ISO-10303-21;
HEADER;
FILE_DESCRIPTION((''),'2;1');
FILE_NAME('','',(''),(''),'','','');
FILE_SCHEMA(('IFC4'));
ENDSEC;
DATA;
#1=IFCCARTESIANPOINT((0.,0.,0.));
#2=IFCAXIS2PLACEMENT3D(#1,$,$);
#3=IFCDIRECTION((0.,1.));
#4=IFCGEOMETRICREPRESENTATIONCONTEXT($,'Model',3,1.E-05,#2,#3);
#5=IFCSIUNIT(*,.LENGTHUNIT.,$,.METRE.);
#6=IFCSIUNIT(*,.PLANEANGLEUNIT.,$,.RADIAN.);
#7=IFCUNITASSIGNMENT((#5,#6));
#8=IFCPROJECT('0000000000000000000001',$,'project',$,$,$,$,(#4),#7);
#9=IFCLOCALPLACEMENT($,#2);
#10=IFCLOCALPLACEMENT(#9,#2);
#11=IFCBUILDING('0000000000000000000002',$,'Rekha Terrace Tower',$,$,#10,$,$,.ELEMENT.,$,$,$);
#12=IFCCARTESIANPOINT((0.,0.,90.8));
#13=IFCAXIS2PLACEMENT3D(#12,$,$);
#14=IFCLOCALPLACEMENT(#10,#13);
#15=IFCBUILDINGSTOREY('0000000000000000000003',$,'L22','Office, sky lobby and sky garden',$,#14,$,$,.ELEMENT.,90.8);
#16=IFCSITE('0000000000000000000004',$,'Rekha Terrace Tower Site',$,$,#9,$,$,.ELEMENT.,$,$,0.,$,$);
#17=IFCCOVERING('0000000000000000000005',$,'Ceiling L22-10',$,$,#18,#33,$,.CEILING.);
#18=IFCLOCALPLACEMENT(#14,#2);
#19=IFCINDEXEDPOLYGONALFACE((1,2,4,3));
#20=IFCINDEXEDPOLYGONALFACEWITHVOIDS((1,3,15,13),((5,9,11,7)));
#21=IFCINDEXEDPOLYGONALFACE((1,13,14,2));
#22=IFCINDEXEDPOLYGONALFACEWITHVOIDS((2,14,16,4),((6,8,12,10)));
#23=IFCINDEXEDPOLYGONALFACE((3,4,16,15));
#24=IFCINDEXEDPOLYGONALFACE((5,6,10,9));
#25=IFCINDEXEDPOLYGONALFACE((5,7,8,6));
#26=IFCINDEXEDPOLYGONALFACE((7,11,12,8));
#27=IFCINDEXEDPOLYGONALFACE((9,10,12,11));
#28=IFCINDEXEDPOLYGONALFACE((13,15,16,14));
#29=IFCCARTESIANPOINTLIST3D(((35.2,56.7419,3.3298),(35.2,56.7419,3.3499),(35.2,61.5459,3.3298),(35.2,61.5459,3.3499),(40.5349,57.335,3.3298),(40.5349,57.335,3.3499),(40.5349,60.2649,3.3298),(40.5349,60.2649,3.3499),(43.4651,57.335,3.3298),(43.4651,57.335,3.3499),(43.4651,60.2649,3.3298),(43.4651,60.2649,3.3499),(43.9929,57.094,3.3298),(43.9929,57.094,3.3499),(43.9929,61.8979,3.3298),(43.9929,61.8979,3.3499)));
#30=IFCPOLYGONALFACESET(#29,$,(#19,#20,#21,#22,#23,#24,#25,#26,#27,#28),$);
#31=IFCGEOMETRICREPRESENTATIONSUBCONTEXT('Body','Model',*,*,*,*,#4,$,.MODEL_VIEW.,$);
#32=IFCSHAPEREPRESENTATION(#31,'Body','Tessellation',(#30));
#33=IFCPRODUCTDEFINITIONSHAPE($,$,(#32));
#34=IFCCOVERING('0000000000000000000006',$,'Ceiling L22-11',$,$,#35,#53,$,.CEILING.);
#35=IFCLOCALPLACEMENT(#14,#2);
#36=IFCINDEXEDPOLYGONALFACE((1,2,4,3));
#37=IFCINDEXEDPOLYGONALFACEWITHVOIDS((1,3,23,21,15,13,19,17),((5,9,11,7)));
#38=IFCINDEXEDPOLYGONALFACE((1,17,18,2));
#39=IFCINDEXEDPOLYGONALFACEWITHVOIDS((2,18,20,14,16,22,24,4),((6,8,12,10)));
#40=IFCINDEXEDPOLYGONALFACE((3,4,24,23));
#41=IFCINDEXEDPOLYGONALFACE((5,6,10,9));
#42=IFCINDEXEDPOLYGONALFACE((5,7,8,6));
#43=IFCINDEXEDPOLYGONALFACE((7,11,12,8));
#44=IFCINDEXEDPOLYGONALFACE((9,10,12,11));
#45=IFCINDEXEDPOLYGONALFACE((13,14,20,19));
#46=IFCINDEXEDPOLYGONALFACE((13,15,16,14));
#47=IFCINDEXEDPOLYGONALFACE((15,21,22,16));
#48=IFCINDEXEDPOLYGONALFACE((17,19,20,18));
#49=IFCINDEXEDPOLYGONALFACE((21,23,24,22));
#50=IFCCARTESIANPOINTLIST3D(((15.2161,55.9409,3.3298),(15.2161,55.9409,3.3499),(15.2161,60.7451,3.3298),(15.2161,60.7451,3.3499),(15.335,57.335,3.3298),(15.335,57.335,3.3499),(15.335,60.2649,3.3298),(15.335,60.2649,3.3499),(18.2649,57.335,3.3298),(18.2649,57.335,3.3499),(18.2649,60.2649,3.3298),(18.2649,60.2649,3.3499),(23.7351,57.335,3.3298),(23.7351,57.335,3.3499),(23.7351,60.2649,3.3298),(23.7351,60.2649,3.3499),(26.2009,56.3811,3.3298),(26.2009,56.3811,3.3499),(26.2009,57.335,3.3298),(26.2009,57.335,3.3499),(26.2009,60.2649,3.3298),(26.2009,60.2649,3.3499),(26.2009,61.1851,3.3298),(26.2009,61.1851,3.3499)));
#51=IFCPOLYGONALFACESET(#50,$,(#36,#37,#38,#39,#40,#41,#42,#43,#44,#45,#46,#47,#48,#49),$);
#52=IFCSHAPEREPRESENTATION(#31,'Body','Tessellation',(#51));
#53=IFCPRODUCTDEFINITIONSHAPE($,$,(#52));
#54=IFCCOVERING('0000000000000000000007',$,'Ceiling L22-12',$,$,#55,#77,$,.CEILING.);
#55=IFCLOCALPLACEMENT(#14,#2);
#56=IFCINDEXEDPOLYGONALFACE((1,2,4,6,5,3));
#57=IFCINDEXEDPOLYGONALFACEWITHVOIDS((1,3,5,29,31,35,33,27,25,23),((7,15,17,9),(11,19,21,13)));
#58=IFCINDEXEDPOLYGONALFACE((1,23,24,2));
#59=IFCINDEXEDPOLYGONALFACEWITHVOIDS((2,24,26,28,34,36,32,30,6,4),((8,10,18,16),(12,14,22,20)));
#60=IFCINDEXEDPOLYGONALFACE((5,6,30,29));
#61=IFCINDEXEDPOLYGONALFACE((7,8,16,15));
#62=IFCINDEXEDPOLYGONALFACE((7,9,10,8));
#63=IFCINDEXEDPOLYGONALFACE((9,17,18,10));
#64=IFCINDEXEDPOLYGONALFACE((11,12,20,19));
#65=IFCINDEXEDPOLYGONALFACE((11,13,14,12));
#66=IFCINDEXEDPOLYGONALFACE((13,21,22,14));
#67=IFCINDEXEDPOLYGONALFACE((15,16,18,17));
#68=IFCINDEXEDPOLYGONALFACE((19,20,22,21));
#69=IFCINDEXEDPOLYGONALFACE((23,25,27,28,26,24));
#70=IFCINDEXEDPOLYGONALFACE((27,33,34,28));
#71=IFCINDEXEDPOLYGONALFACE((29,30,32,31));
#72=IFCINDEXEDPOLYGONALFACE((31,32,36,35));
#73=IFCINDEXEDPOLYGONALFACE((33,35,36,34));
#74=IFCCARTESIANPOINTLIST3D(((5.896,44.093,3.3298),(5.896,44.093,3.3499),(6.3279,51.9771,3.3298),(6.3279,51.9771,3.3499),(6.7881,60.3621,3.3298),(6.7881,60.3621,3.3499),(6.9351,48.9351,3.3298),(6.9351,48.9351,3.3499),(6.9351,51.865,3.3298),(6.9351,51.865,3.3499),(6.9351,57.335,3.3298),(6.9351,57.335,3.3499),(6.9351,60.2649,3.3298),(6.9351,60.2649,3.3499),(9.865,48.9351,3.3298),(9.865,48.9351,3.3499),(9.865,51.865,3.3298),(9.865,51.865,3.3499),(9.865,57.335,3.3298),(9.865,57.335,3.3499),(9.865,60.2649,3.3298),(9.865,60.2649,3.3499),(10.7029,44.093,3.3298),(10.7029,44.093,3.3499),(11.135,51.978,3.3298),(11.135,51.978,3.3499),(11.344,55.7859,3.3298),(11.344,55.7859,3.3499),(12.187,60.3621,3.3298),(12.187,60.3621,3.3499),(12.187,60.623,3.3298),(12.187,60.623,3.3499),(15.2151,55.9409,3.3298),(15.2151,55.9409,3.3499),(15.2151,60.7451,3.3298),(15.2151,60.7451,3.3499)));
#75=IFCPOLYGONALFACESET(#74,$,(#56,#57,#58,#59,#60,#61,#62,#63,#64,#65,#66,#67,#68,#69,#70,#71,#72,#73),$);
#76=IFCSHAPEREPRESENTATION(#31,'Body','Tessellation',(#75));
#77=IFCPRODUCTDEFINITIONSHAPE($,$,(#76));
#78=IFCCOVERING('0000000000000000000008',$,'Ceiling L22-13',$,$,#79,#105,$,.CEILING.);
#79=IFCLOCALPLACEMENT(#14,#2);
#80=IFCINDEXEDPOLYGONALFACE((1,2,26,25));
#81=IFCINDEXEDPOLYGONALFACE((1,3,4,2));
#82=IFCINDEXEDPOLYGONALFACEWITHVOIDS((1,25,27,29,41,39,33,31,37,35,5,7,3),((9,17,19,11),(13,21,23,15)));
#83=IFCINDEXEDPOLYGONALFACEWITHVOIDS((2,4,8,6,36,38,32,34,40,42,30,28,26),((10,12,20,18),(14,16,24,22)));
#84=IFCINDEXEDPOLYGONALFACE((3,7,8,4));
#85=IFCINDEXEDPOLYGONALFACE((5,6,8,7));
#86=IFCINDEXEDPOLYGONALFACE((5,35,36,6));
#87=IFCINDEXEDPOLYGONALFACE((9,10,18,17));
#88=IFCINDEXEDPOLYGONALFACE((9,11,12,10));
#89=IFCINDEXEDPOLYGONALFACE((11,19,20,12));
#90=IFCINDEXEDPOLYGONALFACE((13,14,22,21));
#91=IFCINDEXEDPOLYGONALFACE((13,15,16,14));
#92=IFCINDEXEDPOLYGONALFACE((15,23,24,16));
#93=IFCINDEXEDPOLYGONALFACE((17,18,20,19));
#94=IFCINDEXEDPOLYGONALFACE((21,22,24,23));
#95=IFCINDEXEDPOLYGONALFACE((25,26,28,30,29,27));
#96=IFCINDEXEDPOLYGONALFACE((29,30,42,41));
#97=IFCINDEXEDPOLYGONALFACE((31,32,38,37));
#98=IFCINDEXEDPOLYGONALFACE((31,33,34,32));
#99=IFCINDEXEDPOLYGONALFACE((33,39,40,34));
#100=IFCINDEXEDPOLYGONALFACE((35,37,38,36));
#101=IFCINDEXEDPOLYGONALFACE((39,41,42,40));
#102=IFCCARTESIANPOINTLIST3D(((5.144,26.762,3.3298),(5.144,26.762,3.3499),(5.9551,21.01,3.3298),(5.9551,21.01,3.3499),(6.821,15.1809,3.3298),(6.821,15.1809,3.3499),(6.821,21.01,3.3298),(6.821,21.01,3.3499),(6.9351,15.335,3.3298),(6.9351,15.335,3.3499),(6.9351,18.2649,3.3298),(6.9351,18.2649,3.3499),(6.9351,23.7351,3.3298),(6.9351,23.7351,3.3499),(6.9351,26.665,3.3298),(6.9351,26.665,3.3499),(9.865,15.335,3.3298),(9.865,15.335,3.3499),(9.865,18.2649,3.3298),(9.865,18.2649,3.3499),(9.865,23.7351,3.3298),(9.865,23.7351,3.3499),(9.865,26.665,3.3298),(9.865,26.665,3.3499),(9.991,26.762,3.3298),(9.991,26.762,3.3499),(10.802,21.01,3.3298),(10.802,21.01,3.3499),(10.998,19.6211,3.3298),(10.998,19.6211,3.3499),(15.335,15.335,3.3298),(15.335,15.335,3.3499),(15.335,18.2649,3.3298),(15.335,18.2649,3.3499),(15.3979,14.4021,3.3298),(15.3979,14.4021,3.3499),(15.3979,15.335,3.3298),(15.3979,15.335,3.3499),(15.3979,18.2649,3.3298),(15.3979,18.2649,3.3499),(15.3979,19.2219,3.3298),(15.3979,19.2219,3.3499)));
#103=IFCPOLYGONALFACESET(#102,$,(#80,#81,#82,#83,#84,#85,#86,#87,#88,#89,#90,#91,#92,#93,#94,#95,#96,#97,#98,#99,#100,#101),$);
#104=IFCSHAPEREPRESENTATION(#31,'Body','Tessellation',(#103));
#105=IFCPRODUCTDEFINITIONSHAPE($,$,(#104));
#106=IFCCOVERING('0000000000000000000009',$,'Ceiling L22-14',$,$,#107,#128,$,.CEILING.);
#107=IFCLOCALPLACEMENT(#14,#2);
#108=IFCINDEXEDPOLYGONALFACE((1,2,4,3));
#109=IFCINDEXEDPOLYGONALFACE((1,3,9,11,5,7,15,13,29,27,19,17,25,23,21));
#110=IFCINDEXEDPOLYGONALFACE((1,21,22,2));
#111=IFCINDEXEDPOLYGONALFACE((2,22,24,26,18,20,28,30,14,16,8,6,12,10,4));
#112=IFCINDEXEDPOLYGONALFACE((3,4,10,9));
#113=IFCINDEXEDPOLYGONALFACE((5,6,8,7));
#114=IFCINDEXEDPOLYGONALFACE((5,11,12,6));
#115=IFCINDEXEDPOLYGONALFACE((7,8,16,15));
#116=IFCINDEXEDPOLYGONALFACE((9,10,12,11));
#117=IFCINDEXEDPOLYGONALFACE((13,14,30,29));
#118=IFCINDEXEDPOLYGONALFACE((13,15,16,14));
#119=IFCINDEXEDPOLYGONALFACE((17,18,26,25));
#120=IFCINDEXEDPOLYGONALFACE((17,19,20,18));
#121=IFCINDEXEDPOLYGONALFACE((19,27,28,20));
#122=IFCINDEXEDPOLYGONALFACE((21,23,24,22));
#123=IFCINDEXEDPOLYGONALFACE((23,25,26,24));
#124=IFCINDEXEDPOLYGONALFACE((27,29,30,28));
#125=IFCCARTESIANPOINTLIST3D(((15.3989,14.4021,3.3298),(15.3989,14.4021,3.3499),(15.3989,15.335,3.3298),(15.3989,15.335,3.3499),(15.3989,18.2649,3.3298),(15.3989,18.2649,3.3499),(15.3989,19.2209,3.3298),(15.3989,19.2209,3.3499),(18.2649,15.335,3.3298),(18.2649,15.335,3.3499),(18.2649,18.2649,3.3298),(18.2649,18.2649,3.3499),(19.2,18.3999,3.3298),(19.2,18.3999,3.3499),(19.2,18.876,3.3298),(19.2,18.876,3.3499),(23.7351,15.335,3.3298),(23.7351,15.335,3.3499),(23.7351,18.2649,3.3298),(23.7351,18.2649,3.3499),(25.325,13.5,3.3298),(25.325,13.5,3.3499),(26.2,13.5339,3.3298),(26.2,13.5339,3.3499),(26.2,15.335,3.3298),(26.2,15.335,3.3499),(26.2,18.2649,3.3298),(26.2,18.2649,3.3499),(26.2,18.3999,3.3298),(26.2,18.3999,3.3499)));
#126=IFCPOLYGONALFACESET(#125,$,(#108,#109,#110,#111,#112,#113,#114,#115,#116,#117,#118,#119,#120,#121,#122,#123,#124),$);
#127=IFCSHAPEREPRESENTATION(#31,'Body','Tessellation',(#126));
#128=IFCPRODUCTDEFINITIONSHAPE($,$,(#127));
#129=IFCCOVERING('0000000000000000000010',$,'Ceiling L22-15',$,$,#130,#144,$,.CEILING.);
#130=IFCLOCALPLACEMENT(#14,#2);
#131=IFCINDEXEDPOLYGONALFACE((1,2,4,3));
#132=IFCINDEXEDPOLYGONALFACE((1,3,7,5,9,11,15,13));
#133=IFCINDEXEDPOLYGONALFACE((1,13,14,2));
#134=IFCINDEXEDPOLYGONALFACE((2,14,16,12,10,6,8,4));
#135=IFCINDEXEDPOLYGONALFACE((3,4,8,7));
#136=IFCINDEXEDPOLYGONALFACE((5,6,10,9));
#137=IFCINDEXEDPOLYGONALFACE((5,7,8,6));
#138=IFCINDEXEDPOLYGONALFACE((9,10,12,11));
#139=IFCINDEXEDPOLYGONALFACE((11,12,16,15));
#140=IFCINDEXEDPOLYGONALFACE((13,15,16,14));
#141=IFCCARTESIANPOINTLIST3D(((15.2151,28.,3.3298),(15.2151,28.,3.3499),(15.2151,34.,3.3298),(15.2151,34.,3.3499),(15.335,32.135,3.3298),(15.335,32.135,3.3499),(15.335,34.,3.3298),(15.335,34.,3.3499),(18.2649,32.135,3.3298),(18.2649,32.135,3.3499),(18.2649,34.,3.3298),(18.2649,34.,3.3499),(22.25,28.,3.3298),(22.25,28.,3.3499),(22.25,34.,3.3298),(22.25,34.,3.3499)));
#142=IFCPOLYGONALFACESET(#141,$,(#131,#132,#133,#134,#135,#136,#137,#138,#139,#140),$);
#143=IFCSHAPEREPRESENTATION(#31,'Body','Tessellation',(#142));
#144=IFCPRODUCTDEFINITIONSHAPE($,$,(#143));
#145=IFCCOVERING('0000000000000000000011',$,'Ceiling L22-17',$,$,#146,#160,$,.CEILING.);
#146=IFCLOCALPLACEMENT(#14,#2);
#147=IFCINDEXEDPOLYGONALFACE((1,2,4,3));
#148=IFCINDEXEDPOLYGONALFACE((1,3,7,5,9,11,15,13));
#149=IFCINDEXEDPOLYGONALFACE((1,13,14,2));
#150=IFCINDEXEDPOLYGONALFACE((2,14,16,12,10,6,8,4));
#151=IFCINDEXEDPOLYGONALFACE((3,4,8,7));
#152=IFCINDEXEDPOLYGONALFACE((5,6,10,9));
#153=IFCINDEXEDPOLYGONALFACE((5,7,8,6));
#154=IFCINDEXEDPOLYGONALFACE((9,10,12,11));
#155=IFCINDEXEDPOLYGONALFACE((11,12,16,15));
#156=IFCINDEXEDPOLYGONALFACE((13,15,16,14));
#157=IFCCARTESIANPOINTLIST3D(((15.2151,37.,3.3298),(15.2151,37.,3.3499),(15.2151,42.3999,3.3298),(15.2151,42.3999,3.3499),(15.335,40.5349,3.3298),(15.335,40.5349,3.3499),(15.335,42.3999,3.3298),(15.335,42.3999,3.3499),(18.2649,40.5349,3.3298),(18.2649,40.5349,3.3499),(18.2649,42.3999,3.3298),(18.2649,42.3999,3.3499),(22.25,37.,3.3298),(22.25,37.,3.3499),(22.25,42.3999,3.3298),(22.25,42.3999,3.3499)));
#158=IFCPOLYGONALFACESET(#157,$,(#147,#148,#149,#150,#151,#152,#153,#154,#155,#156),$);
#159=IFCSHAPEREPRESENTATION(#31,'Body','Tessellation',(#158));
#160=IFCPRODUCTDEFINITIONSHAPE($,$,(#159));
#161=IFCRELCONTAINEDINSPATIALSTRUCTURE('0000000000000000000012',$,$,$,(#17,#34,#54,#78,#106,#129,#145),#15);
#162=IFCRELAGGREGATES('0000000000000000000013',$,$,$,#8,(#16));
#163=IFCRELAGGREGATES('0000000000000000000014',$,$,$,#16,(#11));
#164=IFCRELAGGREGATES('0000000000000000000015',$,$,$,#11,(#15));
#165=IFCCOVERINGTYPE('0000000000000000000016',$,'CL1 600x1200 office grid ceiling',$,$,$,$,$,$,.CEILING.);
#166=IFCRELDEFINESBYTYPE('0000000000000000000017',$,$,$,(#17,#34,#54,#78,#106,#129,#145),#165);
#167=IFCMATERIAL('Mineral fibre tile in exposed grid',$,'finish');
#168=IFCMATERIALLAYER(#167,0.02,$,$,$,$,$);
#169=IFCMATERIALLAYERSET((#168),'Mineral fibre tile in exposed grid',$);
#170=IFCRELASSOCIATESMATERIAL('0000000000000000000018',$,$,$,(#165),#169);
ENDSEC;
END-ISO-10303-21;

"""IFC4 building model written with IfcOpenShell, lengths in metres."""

from ifc_helpers import new_model, si_unit, direction, frame, origin, place, context, subcontext, project, spatial, polyline, outline, extrude, material, layer, layer_set, type_object, element, save


model = new_model("IFC4")

# Units and contexts
model_context = context("Model", 3, precision=1e-05, world=origin(), true_north=direction((0.0, 1.0)))
body_context = subcontext(model_context, "Body", "Model", "MODEL_VIEW")
ifc_project = project(units=[si_unit("LENGTHUNIT", "METRE"), si_unit("PLANEANGLEUNIT", "RADIAN")], contexts=[model_context])

# Site, building, storey
site_placement = place(None, origin())
site = spatial("IfcSite", under=ifc_project, at=site_placement, Name="Rekha Terrace Tower Site", CompositionType="ELEMENT", RefElevation=0.0)
building_placement = place(site_placement, origin())
building = spatial("IfcBuilding", under=site, at=building_placement, Name="Rekha Terrace Tower", CompositionType="ELEMENT")
storey_placement = place(building_placement, frame((0.0, 0.0, 90.8)))
storey = spatial("IfcBuildingStorey", under=building, at=storey_placement, Name="L22", Description="Office, sky lobby and sky garden", CompositionType="ELEMENT", Elevation=90.8)

# Coverings
ifc_material_1 = material(Name="Mineral fibre tile in exposed grid", Category="finish")
ifc_layer_1 = layer(ifc_material_1, 0.02)
ifc_layer_set_1 = layer_set([ifc_layer_1], Name="Mineral fibre tile in exposed grid")
covering_type_1 = type_object("IfcCoveringType", Name="CL1 600x1200 office grid ceiling", PredefinedType="CEILING", material=ifc_layer_set_1)
covering_1_placement = place(storey_placement, frame((0.0, 0.0, 3.3298)))
element("IfcCovering", 1, at=covering_1_placement, inside=storey, type_object=covering_type_1, Name="Ceiling L22-10", PredefinedType="CEILING", context=body_context, shape_type="SweptSolid", body=[
    extrude(outline(polyline([(43.9929, 61.8979), (35.2, 61.5459), (35.2, 56.7419), (43.9929, 57.094), (43.9929, 61.8979)]), holes=[polyline([(43.4651, 57.335), (40.5349, 57.335), (40.5349, 60.2649), (43.4651, 60.2649), (43.4651, 57.335)])]), origin(), (0.0, 0.0, 1.0), 0.02),
])
covering_2_placement = place(storey_placement, frame((0.0, 0.0, 3.3298)))
element("IfcCovering", 2, at=covering_2_placement, inside=storey, type_object=covering_type_1, Name="Ceiling L22-11", PredefinedType="CEILING", context=body_context, shape_type="SweptSolid", body=[
    extrude(outline(polyline([(15.2161, 60.7451), (15.2161, 55.9409), (26.2009, 56.3811), (26.2009, 57.335), (23.7351, 57.335), (23.7351, 60.2649), (26.2009, 60.2649), (26.2009, 61.1851), (15.2161, 60.7451)]), holes=[polyline([(18.2649, 57.335), (15.335, 57.335), (15.335, 60.2649), (18.2649, 60.2649), (18.2649, 57.335)])]), origin(), (0.0, 0.0, 1.0), 0.02),
])
covering_3_placement = place(storey_placement, frame((0.0, 0.0, 3.3298)))
element("IfcCovering", 3, at=covering_3_placement, inside=storey, type_object=covering_type_1, Name="Ceiling L22-12", PredefinedType="CEILING", context=body_context, shape_type="SweptSolid", body=[
    extrude(outline(polyline([(12.187, 60.623), (12.187, 60.3621), (6.7881, 60.3621), (6.3279, 51.9771), (5.896, 44.093), (10.7029, 44.093), (11.135, 51.978), (11.344, 55.7859), (15.2151, 55.9409), (15.2151, 60.7451), (12.187, 60.623)]), holes=[polyline([(9.865, 51.865), (9.865, 48.9351), (6.9351, 48.9351), (6.9351, 51.865), (9.865, 51.865)]), polyline([(9.865, 60.2649), (9.865, 57.335), (6.9351, 57.335), (6.9351, 60.2649), (9.865, 60.2649)])]), origin(), (0.0, 0.0, 1.0), 0.02),
])
covering_4_placement = place(storey_placement, frame((0.0, 0.0, 3.3298)))
element("IfcCovering", 4, at=covering_4_placement, inside=storey, type_object=covering_type_1, Name="Ceiling L22-13", PredefinedType="CEILING", context=body_context, shape_type="SweptSolid", body=[
    extrude(outline(polyline([(10.998, 19.6211), (10.802, 21.01), (9.991, 26.762), (5.144, 26.762), (5.9551, 21.01), (6.821, 21.01), (6.821, 15.1809), (15.3979, 14.4021), (15.3979, 15.335), (15.335, 15.335), (15.335, 18.2649), (15.3979, 18.2649), (15.3979, 19.2219), (10.998, 19.6211)]), holes=[polyline([(9.865, 15.335), (6.9351, 15.335), (6.9351, 18.2649), (9.865, 18.2649), (9.865, 15.335)]), polyline([(9.865, 23.7351), (6.9351, 23.7351), (6.9351, 26.665), (9.865, 26.665), (9.865, 23.7351)])]), origin(), (0.0, 0.0, 1.0), 0.02),
])
covering_5_placement = place(storey_placement, frame((0.0, 0.0, 3.3298)))
element("IfcCovering", 5, at=covering_5_placement, inside=storey, type_object=covering_type_1, Name="Ceiling L22-14", PredefinedType="CEILING", context=body_context, shape_type="SweptSolid", body=[
    extrude(outline(polyline([(15.3989, 14.4021), (25.325, 13.5), (26.2, 13.5339), (26.2, 15.335), (23.7351, 15.335), (23.7351, 18.2649), (26.2, 18.2649), (26.2, 18.3999), (19.2, 18.3999), (19.2, 18.876), (15.3989, 19.2209), (15.3989, 18.2649), (18.2649, 18.2649), (18.2649, 15.335), (15.3989, 15.335), (15.3989, 14.4021)])), origin(), (0.0, 0.0, 1.0), 0.02),
])
covering_6_placement = place(storey_placement, frame((0.0, 0.0, 3.3298)))
element("IfcCovering", 6, at=covering_6_placement, inside=storey, type_object=covering_type_1, Name="Ceiling L22-15", PredefinedType="CEILING", context=body_context, shape_type="SweptSolid", body=[
    extrude(outline(polyline([(15.335, 34.0), (15.2151, 34.0), (15.2151, 28.0), (22.25, 28.0), (22.25, 34.0), (18.2649, 34.0), (18.2649, 32.135), (15.335, 32.135), (15.335, 34.0)])), origin(), (0.0, 0.0, 1.0), 0.02),
])
covering_7_placement = place(storey_placement, frame((0.0, 0.0, 3.3298)))
element("IfcCovering", 7, at=covering_7_placement, inside=storey, type_object=covering_type_1, Name="Ceiling L22-17", PredefinedType="CEILING", context=body_context, shape_type="SweptSolid", body=[
    extrude(outline(polyline([(15.335, 42.3999), (15.2151, 42.3999), (15.2151, 37.0), (22.25, 37.0), (22.25, 42.3999), (18.2649, 42.3999), (18.2649, 40.5349), (15.335, 40.5349), (15.335, 42.3999)])), origin(), (0.0, 0.0, 1.0), 0.02),
])

save(model, "model.ifc")
